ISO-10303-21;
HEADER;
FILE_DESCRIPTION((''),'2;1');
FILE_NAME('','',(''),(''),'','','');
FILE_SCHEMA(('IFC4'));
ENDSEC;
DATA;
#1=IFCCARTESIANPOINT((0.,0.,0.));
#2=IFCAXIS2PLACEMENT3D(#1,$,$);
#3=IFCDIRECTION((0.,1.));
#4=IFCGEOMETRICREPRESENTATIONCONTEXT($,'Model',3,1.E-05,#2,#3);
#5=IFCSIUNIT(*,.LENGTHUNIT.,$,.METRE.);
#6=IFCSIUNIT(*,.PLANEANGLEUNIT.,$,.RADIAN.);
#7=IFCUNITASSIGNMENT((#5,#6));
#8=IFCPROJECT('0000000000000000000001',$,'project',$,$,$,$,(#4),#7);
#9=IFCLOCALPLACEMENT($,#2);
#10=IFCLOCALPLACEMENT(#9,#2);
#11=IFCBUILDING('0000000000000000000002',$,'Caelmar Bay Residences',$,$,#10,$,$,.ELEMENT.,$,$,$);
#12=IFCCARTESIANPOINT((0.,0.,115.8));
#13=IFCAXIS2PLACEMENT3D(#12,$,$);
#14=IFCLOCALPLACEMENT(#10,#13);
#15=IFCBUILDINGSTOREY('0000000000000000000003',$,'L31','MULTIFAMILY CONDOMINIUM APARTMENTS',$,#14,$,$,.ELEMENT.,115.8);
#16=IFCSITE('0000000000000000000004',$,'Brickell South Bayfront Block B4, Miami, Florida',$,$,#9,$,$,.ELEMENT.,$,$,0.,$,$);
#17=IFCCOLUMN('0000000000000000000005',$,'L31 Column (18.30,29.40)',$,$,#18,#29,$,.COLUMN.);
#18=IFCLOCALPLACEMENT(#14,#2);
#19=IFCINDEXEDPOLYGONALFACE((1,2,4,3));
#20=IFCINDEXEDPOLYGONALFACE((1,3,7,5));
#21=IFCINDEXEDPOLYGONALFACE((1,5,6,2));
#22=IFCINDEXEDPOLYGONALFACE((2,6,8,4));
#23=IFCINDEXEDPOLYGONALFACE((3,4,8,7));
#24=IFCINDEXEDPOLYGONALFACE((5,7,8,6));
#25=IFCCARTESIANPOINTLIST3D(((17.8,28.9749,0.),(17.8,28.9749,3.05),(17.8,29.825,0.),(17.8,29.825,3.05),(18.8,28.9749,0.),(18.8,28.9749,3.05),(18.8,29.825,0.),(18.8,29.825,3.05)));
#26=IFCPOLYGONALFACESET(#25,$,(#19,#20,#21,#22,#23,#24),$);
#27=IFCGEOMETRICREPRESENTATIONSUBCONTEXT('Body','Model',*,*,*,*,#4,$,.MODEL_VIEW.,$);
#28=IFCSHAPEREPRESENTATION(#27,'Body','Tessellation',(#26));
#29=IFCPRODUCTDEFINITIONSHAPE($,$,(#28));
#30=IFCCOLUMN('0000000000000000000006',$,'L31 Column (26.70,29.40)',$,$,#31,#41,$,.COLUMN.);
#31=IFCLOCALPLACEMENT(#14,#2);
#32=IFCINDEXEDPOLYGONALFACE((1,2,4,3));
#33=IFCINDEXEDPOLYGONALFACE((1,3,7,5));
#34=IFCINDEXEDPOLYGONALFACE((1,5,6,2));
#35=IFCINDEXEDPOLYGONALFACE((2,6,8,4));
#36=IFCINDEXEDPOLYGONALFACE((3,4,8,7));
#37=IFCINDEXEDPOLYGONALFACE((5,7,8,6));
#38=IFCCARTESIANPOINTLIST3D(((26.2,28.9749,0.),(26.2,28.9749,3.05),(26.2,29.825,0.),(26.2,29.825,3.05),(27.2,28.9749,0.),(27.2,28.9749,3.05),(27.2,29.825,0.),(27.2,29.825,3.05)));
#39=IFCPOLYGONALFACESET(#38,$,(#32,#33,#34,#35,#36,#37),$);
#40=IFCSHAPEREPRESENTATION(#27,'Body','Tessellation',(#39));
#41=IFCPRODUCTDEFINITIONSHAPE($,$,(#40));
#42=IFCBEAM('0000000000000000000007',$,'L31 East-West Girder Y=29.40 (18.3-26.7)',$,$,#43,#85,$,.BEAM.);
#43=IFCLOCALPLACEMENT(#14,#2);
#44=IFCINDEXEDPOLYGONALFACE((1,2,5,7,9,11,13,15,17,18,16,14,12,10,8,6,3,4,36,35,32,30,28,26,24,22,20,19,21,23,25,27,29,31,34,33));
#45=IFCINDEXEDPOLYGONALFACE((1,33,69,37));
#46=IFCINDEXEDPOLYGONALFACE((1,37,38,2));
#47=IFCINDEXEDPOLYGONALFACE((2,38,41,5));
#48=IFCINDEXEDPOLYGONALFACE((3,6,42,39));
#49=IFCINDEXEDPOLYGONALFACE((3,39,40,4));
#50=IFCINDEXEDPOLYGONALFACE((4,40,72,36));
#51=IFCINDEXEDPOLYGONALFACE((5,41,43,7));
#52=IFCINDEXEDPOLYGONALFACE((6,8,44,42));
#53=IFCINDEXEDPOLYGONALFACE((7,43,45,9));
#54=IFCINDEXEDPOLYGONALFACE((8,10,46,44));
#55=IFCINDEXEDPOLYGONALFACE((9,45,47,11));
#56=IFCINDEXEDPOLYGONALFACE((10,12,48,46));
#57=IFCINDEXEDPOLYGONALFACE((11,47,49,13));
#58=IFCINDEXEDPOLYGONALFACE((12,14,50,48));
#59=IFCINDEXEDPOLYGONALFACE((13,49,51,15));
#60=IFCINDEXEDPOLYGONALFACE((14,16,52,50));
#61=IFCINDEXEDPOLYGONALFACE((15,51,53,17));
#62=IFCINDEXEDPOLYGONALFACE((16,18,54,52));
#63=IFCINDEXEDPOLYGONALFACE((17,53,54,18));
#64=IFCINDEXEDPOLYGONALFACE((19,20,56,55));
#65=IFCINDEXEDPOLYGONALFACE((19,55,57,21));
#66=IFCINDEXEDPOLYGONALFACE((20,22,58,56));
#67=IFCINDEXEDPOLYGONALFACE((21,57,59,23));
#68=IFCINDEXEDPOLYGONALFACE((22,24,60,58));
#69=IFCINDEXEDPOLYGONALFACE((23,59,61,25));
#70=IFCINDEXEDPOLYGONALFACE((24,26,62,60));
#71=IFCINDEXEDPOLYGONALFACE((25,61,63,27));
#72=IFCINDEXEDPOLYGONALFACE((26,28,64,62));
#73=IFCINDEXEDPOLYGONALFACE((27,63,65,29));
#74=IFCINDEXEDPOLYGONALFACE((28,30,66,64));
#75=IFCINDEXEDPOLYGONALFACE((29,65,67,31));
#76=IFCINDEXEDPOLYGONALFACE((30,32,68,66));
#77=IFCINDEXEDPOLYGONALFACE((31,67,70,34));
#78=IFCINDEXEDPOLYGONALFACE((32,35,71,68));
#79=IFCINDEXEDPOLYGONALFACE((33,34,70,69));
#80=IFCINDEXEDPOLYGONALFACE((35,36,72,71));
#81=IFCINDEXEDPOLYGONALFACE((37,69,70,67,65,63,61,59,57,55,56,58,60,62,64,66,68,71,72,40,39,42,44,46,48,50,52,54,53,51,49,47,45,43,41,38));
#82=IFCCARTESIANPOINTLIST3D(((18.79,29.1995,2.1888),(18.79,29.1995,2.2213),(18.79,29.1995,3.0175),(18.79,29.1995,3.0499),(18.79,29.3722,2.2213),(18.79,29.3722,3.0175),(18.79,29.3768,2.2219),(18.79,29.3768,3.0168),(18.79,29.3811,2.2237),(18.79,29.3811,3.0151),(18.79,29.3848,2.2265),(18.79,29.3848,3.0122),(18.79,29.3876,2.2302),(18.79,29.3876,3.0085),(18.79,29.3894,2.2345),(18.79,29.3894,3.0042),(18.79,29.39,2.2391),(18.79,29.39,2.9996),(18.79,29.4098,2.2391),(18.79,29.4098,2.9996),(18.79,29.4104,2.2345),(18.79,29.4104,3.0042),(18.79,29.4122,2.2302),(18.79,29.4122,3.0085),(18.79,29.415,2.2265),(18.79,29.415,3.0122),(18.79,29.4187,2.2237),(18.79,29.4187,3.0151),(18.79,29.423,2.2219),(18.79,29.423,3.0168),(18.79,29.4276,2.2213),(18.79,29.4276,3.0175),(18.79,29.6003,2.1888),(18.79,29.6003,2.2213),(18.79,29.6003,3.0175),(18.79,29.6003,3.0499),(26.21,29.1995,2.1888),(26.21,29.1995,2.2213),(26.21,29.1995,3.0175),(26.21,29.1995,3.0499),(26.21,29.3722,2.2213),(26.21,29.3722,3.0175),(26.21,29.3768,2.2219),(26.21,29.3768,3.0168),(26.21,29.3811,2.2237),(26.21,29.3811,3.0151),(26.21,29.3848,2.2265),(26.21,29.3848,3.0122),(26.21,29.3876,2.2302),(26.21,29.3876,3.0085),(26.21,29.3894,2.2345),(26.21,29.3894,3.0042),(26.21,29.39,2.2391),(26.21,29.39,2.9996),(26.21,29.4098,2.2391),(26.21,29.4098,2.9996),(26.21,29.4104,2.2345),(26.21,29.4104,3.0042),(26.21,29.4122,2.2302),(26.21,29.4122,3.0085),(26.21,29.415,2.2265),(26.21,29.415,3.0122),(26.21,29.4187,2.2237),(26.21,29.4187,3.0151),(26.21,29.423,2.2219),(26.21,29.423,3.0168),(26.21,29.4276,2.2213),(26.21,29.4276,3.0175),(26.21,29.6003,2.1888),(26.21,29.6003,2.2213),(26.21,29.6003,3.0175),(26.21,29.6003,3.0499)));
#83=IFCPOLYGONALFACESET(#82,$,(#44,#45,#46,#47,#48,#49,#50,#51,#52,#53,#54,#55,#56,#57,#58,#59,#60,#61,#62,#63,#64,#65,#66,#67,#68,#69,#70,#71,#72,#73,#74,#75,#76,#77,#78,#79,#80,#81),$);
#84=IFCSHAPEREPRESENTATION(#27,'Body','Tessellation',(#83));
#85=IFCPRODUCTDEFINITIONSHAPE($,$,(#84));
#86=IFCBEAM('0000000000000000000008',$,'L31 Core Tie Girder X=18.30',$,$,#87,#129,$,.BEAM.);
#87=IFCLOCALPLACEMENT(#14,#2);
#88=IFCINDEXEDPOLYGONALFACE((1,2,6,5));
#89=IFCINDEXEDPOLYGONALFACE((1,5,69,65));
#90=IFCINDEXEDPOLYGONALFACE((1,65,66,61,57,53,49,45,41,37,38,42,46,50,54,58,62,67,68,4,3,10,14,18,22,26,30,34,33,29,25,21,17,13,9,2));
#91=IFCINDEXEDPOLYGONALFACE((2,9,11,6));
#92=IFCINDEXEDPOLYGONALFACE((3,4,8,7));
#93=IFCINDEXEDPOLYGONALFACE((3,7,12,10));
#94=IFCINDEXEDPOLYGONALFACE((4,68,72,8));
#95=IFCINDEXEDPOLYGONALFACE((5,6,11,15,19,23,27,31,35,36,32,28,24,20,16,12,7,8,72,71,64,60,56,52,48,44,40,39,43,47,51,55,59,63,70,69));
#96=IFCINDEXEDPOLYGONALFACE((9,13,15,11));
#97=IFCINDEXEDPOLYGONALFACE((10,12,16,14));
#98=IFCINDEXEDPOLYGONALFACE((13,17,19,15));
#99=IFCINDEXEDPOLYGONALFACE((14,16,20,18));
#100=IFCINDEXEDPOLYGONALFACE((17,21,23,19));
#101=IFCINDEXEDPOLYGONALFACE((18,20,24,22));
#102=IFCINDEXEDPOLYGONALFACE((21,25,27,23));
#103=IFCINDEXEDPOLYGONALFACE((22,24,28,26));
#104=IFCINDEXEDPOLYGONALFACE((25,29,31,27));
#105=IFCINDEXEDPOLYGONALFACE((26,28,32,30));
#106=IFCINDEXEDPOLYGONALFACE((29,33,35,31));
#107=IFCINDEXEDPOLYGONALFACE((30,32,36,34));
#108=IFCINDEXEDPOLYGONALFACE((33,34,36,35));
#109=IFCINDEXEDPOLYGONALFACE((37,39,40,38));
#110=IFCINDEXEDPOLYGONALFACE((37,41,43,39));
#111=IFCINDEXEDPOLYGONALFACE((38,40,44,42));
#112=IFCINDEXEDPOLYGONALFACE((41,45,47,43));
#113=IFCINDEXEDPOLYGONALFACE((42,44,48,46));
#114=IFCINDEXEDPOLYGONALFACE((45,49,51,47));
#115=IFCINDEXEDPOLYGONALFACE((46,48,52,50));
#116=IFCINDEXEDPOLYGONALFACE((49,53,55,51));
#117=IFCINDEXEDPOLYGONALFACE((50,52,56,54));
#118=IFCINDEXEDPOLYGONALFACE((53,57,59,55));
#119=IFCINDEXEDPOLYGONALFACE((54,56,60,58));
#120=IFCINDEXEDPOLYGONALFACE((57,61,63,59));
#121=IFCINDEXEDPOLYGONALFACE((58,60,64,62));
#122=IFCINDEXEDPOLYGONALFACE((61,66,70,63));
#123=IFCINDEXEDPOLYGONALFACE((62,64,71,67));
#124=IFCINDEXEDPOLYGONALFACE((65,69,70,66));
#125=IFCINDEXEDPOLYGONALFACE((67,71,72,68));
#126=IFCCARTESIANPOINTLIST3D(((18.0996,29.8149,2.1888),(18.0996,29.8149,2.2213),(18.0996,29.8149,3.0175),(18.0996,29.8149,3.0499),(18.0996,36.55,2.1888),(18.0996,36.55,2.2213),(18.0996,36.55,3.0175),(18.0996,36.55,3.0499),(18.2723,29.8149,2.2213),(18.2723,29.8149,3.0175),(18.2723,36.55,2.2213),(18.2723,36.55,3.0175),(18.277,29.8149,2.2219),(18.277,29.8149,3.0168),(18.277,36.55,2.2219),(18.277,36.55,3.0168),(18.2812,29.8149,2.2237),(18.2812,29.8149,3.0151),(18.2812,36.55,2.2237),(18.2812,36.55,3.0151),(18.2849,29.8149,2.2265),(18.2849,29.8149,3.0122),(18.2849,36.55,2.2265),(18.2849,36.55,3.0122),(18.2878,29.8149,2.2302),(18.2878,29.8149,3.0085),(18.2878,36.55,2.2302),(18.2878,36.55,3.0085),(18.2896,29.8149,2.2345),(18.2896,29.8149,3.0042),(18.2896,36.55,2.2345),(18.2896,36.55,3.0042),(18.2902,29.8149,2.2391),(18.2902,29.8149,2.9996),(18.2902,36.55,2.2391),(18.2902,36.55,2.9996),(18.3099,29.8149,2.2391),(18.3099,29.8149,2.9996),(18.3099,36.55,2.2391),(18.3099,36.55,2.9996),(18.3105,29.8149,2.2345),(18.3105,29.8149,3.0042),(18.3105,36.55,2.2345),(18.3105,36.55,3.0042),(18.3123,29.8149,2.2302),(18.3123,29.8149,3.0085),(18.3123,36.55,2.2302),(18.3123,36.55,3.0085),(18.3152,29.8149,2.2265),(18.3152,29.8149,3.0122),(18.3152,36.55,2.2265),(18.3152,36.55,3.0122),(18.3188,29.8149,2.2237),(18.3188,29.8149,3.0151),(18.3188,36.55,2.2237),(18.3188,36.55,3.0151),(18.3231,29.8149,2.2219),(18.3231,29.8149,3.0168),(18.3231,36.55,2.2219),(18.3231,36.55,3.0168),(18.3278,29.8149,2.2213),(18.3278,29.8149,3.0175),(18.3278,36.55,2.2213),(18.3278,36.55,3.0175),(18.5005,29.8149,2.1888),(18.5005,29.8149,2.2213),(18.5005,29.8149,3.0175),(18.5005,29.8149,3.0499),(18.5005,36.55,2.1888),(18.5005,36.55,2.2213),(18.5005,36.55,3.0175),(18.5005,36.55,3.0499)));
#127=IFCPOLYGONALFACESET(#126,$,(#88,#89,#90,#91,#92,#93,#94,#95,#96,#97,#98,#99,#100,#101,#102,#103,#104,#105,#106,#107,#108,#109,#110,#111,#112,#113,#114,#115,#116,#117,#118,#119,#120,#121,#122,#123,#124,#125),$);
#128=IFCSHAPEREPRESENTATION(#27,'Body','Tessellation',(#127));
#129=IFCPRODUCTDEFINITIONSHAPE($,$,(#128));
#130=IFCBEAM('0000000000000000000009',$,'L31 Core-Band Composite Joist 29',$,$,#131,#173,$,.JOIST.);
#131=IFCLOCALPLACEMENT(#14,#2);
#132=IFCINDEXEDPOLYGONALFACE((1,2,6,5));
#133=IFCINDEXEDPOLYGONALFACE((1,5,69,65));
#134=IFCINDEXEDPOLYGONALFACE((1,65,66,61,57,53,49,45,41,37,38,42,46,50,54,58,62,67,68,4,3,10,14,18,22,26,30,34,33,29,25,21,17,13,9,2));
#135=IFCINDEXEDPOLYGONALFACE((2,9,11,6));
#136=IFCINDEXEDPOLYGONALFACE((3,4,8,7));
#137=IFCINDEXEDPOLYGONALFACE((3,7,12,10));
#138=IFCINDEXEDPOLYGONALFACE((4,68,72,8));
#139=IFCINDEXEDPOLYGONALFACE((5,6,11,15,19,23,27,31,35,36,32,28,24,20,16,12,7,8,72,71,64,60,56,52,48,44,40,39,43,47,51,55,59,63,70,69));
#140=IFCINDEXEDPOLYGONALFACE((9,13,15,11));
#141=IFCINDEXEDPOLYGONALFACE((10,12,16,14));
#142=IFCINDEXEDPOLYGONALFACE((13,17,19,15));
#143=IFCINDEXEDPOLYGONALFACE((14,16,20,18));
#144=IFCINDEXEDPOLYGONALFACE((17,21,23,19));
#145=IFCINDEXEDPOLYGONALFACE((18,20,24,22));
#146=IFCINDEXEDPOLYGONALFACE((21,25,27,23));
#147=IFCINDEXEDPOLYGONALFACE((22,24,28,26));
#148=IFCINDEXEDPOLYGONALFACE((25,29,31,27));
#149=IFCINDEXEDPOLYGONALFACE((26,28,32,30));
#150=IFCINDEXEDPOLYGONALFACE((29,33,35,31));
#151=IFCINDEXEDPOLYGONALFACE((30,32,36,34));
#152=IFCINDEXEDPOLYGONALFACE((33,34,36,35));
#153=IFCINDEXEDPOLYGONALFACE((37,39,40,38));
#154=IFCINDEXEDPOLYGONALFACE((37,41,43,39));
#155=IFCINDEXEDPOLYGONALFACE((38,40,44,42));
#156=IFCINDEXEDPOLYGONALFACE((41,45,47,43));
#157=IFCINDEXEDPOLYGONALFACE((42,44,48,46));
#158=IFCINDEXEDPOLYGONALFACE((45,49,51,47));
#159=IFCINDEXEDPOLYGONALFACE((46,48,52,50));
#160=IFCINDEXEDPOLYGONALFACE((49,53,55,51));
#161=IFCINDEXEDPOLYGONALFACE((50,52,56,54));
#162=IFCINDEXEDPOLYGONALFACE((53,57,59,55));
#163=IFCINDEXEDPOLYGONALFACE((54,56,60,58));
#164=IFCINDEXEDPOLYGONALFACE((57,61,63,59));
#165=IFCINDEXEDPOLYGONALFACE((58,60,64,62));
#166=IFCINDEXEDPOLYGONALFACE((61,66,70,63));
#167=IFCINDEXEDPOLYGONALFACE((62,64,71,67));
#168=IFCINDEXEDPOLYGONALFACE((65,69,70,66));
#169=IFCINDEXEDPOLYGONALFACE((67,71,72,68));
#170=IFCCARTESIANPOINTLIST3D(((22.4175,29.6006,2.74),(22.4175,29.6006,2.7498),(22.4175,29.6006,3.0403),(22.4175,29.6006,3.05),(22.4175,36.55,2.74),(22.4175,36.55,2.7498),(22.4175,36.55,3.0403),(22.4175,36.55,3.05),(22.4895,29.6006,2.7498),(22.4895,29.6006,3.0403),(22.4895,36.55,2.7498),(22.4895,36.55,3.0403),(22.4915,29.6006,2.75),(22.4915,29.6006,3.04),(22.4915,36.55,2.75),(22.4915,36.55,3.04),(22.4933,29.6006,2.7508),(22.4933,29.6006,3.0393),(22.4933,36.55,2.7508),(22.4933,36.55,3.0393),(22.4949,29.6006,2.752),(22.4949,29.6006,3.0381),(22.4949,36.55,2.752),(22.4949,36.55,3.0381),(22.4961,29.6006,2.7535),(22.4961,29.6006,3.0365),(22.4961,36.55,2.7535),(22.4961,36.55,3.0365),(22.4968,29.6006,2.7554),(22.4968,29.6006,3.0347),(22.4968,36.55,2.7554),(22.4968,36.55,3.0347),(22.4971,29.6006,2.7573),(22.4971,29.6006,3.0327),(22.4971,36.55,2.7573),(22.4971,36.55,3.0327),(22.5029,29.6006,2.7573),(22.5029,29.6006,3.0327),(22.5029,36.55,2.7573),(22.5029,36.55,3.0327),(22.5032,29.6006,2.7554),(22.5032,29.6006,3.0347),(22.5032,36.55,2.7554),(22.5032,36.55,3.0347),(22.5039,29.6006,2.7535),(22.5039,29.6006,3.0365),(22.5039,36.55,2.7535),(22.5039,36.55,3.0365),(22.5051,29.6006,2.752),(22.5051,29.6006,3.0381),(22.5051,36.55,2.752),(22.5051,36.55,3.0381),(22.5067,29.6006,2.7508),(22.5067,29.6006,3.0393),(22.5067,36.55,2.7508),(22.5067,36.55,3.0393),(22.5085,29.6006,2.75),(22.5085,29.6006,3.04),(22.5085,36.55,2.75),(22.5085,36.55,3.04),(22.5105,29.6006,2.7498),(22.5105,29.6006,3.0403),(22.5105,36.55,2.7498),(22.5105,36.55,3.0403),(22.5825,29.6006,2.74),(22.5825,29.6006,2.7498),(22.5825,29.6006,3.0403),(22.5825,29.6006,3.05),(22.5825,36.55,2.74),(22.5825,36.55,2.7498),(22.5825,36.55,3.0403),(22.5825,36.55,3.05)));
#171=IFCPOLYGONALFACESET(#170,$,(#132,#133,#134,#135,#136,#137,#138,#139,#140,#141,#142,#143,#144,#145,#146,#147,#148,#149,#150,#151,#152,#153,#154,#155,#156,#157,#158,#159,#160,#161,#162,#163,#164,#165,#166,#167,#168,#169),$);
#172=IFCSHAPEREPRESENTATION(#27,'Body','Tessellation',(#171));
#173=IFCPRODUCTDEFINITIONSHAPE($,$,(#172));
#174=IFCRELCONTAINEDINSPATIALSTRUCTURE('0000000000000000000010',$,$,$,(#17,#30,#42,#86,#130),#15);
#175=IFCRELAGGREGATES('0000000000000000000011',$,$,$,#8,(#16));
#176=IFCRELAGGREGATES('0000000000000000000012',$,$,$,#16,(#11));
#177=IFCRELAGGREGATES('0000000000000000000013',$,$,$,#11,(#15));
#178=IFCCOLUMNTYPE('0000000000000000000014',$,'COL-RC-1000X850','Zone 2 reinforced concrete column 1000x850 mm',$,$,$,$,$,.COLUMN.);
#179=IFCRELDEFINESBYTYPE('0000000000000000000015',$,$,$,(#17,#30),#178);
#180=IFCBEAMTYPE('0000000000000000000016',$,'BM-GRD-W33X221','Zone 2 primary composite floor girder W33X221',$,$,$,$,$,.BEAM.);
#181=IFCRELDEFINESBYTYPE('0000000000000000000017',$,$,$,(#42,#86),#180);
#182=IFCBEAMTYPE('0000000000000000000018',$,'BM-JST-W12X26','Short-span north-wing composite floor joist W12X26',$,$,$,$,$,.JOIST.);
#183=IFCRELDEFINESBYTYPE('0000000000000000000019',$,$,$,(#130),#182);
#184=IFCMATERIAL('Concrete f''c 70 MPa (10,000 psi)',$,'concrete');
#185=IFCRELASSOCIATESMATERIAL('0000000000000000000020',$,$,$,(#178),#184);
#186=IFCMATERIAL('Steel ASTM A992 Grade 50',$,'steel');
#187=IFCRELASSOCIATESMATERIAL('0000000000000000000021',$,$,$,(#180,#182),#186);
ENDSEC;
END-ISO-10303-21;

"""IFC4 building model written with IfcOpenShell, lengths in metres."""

from ifc_helpers import new_model, si_unit, direction, frame, origin, origin_2d, place, context, subcontext, project, spatial, rectangle, i_section, extrude, material, material_profile, profile_set, type_object, element, save


model = new_model("IFC4")

# Units and contexts
model_context = context("Model", 3, precision=1e-05, world=origin(), true_north=direction((0.0, 1.0)))
body_context = subcontext(model_context, "Body", "Model", "MODEL_VIEW")
ifc_project = project(units=[si_unit("LENGTHUNIT", "METRE"), si_unit("PLANEANGLEUNIT", "RADIAN")], contexts=[model_context])

# Site, building, storey
site_placement = place(None, origin())
site = spatial("IfcSite", under=ifc_project, at=site_placement, Name="Brickell South Bayfront Block B4, Miami, Florida", CompositionType="ELEMENT", RefElevation=0.0)
building_placement = place(site_placement, origin())
building = spatial("IfcBuilding", under=site, at=building_placement, Name="Caelmar Bay Residences", CompositionType="ELEMENT")
storey_placement = place(building_placement, frame((0.0, 0.0, 115.8)))
storey = spatial("IfcBuildingStorey", under=building, at=storey_placement, Name="L31", Description="MULTIFAMILY CONDOMINIUM APARTMENTS", CompositionType="ELEMENT", Elevation=115.8)

# Columns
ifc_material_1 = material(Name="Concrete f'c 70 MPa (10,000 psi)", Category="concrete")
ifc_material_profile_1 = material_profile(ifc_material_1, rectangle(XDim=1.0, YDim=0.8501, at=origin_2d()), Name="RC-COL-1000X850")
ifc_profile_set_1 = profile_set([ifc_material_profile_1], Name="Concrete f'c 70 MPa (10,000 psi)")
column_type = type_object("IfcColumnType", Name="COL-RC-1000X850", Description="Zone 2 reinforced concrete column 1000x850 mm", PredefinedType="COLUMN", material=ifc_profile_set_1)
for number, where, z_axis, x_axis, name in (
    (1, (18.3, 29.3999, 0.0), (0.0, 0.0, 1.0), (1.0, 0.0, 0.0), "L31 Column (18.30,29.40)"),
    (2, (26.7, 29.3999, 0.0), (0.0, 0.0, 1.0), (1.0, 0.0, 0.0), "L31 Column (26.70,29.40)"),
):
    element("IfcColumn", number, at=place(storey_placement, frame(where, z_axis=z_axis, x_axis=x_axis)), inside=storey, type_object=column_type, Name=name, PredefinedType="COLUMN", context=body_context, shape_type="SweptSolid", body=[
        extrude(rectangle(XDim=1.0, YDim=0.8501, at=origin_2d()), origin(), (0.0, 0.0, 1.0), 3.05),
    ])

# Beams
ifc_material_2 = material(Name="Steel ASTM A992 Grade 50", Category="steel")
ifc_material_profile_2 = material_profile(ifc_material_2, i_section(OverallWidth=0.4009, OverallDepth=0.8611, WebThickness=0.0198, FlangeThickness=0.0325, FilletRadius=0.0178, at=origin_2d()), Name="W33X221")
ifc_profile_set_2 = profile_set([ifc_material_profile_2], Name="Steel ASTM A992 Grade 50")
beam_type_1 = type_object("IfcBeamType", Name="BM-GRD-W33X221", Description="Zone 2 primary composite floor girder W33X221", PredefinedType="BEAM", material=ifc_profile_set_2)
beam_1_placement = place(storey_placement, frame((18.79, 29.3999, 2.6194), z_axis=(1.0, 0.0, 0.0), x_axis=(0.0, 1.0, 0.0)))
element("IfcBeam", 3, at=beam_1_placement, inside=storey, type_object=beam_type_1, Name="L31 East-West Girder Y=29.40 (18.3-26.7)", PredefinedType="BEAM", context=body_context, shape_type="SweptSolid", body=[
    extrude(i_section(OverallWidth=0.4009, OverallDepth=0.8611, WebThickness=0.0198, FlangeThickness=0.0325, FilletRadius=0.0178, at=origin_2d()), origin(), (0.0, 0.0, 1.0), 7.4199),
])
beam_2_placement = place(storey_placement, frame((18.3, 29.8149, 2.6194), z_axis=(0.0, 1.0, 0.0), x_axis=(-1.0, 0.0, 0.0)))
element("IfcBeam", 4, at=beam_2_placement, inside=storey, type_object=beam_type_1, Name="L31 Core Tie Girder X=18.30", PredefinedType="BEAM", context=body_context, shape_type="SweptSolid", body=[
    extrude(i_section(OverallWidth=0.4009, OverallDepth=0.8611, WebThickness=0.0198, FlangeThickness=0.0325, FilletRadius=0.0178, at=origin_2d()), origin(), (0.0, 0.0, 1.0), 6.7351),
])
ifc_material_profile_3 = material_profile(ifc_material_2, i_section(OverallWidth=0.165, OverallDepth=0.3101, WebThickness=0.0059, FlangeThickness=0.0098, FilletRadius=0.0076, at=origin_2d()), Name="W12X26")
ifc_profile_set_3 = profile_set([ifc_material_profile_3], Name="Steel ASTM A992 Grade 50")
beam_type_2 = type_object("IfcBeamType", Name="BM-JST-W12X26", Description="Short-span north-wing composite floor joist W12X26", PredefinedType="JOIST", material=ifc_profile_set_3)
beam_3_placement = place(storey_placement, frame((22.5, 29.6006, 2.895), z_axis=(0.0, 1.0, 0.0), x_axis=(-1.0, 0.0, 0.0)))
element("IfcBeam", 5, at=beam_3_placement, inside=storey, type_object=beam_type_2, Name="L31 Core-Band Composite Joist 29", PredefinedType="JOIST", context=body_context, shape_type="SweptSolid", body=[
    extrude(i_section(OverallWidth=0.165, OverallDepth=0.3101, WebThickness=0.0059, FlangeThickness=0.0098, FilletRadius=0.0076, at=origin_2d()), origin(), (0.0, 0.0, 1.0), 6.9495),
])

save(model, "model.ifc")
